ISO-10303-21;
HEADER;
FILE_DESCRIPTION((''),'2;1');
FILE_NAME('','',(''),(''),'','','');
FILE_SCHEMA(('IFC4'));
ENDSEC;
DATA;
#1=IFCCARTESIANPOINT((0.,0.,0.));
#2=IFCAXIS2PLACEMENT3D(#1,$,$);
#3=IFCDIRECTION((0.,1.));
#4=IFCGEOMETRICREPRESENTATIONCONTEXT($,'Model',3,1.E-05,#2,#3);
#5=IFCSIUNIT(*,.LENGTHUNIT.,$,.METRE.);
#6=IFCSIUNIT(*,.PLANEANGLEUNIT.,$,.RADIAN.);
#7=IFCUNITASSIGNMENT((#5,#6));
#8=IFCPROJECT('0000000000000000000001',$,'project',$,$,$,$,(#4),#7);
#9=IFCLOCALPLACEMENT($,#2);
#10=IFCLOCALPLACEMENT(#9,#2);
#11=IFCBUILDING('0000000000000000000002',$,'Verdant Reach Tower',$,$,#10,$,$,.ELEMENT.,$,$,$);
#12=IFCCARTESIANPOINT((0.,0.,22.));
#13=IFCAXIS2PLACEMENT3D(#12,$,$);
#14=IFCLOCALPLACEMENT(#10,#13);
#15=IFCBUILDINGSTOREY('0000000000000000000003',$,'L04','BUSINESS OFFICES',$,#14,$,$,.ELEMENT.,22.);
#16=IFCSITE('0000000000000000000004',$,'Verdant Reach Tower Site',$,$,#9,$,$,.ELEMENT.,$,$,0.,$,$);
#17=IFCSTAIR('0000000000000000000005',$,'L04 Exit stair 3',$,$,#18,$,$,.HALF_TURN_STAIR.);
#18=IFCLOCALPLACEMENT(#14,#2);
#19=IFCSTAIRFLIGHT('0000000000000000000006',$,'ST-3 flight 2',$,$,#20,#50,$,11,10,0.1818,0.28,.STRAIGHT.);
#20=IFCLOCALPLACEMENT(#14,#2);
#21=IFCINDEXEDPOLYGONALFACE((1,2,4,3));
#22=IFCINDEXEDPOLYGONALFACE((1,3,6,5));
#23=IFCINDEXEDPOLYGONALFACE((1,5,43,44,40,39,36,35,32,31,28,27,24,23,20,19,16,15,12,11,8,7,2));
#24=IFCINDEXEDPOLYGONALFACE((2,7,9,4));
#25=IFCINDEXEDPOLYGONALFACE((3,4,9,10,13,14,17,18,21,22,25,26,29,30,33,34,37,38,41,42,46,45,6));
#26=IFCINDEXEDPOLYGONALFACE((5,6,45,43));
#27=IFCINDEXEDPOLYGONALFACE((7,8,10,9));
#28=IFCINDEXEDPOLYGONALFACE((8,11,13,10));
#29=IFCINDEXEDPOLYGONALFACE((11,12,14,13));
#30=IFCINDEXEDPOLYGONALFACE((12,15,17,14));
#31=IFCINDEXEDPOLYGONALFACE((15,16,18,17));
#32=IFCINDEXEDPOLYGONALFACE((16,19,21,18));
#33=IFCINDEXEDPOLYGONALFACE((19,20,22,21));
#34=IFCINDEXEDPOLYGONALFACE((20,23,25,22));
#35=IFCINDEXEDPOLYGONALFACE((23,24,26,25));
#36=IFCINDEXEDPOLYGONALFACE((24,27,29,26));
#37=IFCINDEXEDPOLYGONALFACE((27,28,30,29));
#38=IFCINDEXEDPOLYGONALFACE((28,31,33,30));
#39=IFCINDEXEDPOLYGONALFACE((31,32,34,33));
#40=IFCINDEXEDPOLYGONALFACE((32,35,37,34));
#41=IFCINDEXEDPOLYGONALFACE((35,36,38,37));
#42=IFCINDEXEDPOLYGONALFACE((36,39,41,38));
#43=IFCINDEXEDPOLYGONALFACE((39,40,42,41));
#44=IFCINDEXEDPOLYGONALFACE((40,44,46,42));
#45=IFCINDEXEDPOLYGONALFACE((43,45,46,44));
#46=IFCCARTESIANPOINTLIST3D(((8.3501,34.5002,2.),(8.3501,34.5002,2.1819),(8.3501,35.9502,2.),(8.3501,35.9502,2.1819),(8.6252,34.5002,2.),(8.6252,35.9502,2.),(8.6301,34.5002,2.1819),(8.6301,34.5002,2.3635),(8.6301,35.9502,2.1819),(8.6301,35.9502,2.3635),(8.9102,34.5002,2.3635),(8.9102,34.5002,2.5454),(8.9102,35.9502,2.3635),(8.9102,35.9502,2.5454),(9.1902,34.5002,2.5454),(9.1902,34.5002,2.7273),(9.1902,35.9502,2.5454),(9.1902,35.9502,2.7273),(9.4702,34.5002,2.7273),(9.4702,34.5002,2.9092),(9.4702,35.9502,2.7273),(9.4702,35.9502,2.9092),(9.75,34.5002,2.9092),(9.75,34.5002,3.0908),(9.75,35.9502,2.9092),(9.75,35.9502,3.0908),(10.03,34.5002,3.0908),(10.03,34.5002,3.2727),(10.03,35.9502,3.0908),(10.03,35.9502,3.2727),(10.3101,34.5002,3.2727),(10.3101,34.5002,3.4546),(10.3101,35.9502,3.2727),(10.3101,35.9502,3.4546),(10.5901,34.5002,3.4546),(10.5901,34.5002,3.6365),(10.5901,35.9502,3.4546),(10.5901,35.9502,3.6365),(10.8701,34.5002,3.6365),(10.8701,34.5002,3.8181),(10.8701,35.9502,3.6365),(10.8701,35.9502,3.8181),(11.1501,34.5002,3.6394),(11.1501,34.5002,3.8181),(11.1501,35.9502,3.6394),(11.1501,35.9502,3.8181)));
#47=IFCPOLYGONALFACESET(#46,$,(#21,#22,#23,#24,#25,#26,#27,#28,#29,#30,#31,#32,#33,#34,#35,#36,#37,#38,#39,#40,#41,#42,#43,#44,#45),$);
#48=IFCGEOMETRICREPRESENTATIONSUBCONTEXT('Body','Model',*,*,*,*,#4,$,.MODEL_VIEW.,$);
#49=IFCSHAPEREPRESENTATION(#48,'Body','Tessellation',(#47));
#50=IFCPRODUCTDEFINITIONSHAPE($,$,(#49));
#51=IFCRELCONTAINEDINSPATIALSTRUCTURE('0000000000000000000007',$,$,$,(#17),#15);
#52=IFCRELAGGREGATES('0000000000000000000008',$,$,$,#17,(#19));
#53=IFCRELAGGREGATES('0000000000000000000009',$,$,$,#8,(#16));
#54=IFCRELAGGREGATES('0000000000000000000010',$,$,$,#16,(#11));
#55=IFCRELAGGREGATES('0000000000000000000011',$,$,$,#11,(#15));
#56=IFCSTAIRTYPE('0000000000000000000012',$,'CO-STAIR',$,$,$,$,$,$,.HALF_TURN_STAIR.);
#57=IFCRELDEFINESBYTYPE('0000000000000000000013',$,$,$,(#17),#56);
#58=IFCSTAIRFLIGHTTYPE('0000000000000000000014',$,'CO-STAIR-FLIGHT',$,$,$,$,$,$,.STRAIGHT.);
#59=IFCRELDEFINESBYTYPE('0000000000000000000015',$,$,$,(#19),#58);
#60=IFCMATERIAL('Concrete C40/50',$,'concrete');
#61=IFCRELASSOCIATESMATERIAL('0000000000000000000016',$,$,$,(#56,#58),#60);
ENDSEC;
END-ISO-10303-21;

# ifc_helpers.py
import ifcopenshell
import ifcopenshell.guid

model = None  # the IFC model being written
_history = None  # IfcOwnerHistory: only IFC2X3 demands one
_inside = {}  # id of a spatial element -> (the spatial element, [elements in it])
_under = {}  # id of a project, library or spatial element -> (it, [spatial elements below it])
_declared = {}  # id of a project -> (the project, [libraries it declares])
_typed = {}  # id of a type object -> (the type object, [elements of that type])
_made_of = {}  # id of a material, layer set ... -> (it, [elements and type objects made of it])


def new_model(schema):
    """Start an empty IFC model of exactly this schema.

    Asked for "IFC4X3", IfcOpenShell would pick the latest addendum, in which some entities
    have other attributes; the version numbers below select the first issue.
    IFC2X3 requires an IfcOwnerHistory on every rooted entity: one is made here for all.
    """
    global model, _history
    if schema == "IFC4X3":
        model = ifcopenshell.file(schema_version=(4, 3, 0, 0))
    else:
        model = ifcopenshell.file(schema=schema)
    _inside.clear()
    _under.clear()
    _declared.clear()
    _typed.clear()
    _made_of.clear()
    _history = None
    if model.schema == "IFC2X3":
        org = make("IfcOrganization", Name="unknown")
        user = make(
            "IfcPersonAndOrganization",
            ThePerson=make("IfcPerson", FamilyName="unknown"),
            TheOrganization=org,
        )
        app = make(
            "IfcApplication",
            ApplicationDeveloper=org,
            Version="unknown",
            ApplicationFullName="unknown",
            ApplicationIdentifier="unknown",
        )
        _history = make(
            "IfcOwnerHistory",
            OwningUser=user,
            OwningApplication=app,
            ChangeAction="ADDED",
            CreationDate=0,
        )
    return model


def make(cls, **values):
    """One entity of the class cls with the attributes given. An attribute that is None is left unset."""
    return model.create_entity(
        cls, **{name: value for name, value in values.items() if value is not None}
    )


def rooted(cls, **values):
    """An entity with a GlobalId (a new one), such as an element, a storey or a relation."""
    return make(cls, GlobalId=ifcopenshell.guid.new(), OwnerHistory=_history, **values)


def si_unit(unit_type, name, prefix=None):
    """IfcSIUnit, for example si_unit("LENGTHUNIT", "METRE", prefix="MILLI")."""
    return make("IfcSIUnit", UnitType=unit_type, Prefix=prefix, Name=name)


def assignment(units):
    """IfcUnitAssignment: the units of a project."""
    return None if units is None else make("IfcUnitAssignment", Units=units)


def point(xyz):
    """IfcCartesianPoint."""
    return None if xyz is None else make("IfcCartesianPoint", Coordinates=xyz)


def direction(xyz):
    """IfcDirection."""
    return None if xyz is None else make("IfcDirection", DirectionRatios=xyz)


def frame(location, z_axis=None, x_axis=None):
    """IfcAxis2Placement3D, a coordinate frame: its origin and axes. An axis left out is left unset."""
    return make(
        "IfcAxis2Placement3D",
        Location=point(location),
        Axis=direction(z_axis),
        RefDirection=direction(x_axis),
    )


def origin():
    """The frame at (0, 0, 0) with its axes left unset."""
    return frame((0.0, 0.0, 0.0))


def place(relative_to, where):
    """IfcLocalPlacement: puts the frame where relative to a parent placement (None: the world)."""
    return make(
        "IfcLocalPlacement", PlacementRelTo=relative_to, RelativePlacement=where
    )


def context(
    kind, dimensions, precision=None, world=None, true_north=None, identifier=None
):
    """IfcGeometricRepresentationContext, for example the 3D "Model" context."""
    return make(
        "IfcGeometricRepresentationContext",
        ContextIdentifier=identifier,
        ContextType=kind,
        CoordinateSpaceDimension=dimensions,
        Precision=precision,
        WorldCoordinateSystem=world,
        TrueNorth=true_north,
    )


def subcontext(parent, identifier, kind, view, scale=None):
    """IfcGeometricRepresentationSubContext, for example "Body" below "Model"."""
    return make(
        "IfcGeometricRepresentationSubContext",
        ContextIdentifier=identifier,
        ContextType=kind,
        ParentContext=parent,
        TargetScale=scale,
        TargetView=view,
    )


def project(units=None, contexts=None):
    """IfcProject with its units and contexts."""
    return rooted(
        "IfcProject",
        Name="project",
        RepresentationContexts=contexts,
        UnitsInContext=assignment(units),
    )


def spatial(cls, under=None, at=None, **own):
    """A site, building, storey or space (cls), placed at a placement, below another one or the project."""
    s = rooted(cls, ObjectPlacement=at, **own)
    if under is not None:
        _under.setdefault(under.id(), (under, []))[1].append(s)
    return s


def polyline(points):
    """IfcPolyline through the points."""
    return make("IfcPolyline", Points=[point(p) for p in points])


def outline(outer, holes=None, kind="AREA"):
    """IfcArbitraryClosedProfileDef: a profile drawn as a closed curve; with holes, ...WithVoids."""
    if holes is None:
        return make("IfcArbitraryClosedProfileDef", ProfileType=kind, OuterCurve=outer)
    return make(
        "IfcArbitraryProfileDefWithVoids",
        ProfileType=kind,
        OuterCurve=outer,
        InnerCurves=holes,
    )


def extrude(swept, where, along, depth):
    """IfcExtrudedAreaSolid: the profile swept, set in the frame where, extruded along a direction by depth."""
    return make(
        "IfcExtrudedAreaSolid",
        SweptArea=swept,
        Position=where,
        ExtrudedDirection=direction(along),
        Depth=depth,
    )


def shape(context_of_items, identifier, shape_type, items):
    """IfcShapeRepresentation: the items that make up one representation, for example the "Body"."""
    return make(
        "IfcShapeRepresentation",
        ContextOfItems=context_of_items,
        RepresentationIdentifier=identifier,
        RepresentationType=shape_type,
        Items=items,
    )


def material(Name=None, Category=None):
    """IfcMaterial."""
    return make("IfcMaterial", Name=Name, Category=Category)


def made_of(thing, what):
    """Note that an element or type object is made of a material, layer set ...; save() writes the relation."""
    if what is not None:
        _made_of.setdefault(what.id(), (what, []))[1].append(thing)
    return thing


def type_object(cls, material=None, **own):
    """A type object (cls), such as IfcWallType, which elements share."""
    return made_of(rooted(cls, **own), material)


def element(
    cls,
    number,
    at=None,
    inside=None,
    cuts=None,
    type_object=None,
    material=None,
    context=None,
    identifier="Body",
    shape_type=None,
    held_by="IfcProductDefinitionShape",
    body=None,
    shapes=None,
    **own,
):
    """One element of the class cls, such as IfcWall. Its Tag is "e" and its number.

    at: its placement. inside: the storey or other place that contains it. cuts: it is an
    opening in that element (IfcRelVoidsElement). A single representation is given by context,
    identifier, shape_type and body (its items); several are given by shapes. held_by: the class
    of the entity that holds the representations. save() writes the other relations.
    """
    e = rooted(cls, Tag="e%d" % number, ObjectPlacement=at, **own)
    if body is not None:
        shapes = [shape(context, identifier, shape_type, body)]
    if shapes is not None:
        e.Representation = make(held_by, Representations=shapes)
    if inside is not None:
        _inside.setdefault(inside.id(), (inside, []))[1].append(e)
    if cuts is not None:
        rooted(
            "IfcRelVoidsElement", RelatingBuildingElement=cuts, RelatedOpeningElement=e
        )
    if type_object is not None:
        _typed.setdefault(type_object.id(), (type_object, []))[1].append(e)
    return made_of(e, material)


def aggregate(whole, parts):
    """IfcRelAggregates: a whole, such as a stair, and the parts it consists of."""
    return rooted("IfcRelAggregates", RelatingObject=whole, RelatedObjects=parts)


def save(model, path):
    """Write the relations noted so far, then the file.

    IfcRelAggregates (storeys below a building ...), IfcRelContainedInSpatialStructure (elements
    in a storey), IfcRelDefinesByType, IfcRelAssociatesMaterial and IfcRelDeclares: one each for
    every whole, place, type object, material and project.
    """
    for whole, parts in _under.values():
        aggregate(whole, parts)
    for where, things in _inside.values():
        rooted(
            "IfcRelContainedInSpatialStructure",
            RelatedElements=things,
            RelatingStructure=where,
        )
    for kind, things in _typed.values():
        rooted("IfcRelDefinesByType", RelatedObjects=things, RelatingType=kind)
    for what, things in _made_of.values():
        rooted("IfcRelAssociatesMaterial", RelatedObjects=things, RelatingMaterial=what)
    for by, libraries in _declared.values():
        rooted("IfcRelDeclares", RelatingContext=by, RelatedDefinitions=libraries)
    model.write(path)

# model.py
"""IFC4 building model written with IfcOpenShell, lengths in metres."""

from ifc_helpers import new_model, si_unit, direction, frame, origin, place, context, subcontext, project, spatial, polyline, outline, extrude, material, type_object, element, aggregate, save


model = new_model("IFC4")

# Units and contexts
model_context = context("Model", 3, precision=1e-05, world=origin(), true_north=direction((0.0, 1.0)))
body_context = subcontext(model_context, "Body", "Model", "MODEL_VIEW")
ifc_project = project(units=[si_unit("LENGTHUNIT", "METRE"), si_unit("PLANEANGLEUNIT", "RADIAN")], contexts=[model_context])

# Site, building, storey
site_placement = place(None, origin())
site = spatial("IfcSite", under=ifc_project, at=site_placement, Name="Verdant Reach Tower Site", CompositionType="ELEMENT", RefElevation=0.0)
building_placement = place(site_placement, origin())
building = spatial("IfcBuilding", under=site, at=building_placement, Name="Verdant Reach Tower", CompositionType="ELEMENT")
storey_placement = place(building_placement, frame((0.0, 0.0, 22.0)))
storey = spatial("IfcBuildingStorey", under=building, at=storey_placement, Name="L04", Description="BUSINESS OFFICES", CompositionType="ELEMENT", Elevation=22.0)

# Shared definitions
ifc_material_1 = material(Name="Concrete C40/50", Category="concrete")

# Stair, stair flight
stair_type = type_object("IfcStairType", Name="CO-STAIR", PredefinedType="HALF_TURN_STAIR", material=ifc_material_1)
stair_flight_type = type_object("IfcStairFlightType", Name="CO-STAIR-FLIGHT", PredefinedType="STRAIGHT", material=ifc_material_1)
stair_1_placement = place(storey_placement, origin())
stair_1 = element("IfcStair", 1, at=stair_1_placement, inside=storey, type_object=stair_type, Name="L04 Exit stair 3", PredefinedType="HALF_TURN_STAIR")
stair_flight_1_placement = place(storey_placement, frame((8.3501, 35.2251, 2.0), z_axis=(0.0, 0.0, 1.0), x_axis=(1.0, 0.0, 0.0)))
stair_flight_1 = element("IfcStairFlight", 2, at=stair_flight_1_placement, type_object=stair_flight_type, Name="ST-3 flight 2", NumberOfRisers=11, NumberOfTreads=10, PredefinedType="STRAIGHT", RiserHeight=0.1818, TreadLength=0.28, context=body_context, shape_type="SweptSolid", body=[
    extrude(outline(polyline([(0.0, 0.0), (0.0, 0.1819), (0.28, 0.1819), (0.28, 0.3635), (0.5601, 0.3635), (0.5601, 0.5454), (0.8401, 0.5454), (0.8401, 0.7273), (1.1201, 0.7273), (1.1201, 0.9092), (1.3999, 0.9092), (1.3999, 1.0908), (1.6799, 1.0908), (1.6799, 1.2727), (1.96, 1.2727), (1.96, 1.4546), (2.24, 1.4546), (2.24, 1.6365), (2.52, 1.6365), (2.52, 1.8181), (2.8, 1.8181), (2.8, 2.0), (2.8, 1.6394), (0.2751, 0.0), (0.0, 0.0)])), frame((0.0, 0.7251, 0.0), z_axis=(0.0, -1.0, 0.0), x_axis=(1.0, 0.0, 0.0)), (0.0, 0.0, 1.0), 1.45),
])
aggregate(stair_1, [stair_flight_1])

save(model, "model.ifc")
